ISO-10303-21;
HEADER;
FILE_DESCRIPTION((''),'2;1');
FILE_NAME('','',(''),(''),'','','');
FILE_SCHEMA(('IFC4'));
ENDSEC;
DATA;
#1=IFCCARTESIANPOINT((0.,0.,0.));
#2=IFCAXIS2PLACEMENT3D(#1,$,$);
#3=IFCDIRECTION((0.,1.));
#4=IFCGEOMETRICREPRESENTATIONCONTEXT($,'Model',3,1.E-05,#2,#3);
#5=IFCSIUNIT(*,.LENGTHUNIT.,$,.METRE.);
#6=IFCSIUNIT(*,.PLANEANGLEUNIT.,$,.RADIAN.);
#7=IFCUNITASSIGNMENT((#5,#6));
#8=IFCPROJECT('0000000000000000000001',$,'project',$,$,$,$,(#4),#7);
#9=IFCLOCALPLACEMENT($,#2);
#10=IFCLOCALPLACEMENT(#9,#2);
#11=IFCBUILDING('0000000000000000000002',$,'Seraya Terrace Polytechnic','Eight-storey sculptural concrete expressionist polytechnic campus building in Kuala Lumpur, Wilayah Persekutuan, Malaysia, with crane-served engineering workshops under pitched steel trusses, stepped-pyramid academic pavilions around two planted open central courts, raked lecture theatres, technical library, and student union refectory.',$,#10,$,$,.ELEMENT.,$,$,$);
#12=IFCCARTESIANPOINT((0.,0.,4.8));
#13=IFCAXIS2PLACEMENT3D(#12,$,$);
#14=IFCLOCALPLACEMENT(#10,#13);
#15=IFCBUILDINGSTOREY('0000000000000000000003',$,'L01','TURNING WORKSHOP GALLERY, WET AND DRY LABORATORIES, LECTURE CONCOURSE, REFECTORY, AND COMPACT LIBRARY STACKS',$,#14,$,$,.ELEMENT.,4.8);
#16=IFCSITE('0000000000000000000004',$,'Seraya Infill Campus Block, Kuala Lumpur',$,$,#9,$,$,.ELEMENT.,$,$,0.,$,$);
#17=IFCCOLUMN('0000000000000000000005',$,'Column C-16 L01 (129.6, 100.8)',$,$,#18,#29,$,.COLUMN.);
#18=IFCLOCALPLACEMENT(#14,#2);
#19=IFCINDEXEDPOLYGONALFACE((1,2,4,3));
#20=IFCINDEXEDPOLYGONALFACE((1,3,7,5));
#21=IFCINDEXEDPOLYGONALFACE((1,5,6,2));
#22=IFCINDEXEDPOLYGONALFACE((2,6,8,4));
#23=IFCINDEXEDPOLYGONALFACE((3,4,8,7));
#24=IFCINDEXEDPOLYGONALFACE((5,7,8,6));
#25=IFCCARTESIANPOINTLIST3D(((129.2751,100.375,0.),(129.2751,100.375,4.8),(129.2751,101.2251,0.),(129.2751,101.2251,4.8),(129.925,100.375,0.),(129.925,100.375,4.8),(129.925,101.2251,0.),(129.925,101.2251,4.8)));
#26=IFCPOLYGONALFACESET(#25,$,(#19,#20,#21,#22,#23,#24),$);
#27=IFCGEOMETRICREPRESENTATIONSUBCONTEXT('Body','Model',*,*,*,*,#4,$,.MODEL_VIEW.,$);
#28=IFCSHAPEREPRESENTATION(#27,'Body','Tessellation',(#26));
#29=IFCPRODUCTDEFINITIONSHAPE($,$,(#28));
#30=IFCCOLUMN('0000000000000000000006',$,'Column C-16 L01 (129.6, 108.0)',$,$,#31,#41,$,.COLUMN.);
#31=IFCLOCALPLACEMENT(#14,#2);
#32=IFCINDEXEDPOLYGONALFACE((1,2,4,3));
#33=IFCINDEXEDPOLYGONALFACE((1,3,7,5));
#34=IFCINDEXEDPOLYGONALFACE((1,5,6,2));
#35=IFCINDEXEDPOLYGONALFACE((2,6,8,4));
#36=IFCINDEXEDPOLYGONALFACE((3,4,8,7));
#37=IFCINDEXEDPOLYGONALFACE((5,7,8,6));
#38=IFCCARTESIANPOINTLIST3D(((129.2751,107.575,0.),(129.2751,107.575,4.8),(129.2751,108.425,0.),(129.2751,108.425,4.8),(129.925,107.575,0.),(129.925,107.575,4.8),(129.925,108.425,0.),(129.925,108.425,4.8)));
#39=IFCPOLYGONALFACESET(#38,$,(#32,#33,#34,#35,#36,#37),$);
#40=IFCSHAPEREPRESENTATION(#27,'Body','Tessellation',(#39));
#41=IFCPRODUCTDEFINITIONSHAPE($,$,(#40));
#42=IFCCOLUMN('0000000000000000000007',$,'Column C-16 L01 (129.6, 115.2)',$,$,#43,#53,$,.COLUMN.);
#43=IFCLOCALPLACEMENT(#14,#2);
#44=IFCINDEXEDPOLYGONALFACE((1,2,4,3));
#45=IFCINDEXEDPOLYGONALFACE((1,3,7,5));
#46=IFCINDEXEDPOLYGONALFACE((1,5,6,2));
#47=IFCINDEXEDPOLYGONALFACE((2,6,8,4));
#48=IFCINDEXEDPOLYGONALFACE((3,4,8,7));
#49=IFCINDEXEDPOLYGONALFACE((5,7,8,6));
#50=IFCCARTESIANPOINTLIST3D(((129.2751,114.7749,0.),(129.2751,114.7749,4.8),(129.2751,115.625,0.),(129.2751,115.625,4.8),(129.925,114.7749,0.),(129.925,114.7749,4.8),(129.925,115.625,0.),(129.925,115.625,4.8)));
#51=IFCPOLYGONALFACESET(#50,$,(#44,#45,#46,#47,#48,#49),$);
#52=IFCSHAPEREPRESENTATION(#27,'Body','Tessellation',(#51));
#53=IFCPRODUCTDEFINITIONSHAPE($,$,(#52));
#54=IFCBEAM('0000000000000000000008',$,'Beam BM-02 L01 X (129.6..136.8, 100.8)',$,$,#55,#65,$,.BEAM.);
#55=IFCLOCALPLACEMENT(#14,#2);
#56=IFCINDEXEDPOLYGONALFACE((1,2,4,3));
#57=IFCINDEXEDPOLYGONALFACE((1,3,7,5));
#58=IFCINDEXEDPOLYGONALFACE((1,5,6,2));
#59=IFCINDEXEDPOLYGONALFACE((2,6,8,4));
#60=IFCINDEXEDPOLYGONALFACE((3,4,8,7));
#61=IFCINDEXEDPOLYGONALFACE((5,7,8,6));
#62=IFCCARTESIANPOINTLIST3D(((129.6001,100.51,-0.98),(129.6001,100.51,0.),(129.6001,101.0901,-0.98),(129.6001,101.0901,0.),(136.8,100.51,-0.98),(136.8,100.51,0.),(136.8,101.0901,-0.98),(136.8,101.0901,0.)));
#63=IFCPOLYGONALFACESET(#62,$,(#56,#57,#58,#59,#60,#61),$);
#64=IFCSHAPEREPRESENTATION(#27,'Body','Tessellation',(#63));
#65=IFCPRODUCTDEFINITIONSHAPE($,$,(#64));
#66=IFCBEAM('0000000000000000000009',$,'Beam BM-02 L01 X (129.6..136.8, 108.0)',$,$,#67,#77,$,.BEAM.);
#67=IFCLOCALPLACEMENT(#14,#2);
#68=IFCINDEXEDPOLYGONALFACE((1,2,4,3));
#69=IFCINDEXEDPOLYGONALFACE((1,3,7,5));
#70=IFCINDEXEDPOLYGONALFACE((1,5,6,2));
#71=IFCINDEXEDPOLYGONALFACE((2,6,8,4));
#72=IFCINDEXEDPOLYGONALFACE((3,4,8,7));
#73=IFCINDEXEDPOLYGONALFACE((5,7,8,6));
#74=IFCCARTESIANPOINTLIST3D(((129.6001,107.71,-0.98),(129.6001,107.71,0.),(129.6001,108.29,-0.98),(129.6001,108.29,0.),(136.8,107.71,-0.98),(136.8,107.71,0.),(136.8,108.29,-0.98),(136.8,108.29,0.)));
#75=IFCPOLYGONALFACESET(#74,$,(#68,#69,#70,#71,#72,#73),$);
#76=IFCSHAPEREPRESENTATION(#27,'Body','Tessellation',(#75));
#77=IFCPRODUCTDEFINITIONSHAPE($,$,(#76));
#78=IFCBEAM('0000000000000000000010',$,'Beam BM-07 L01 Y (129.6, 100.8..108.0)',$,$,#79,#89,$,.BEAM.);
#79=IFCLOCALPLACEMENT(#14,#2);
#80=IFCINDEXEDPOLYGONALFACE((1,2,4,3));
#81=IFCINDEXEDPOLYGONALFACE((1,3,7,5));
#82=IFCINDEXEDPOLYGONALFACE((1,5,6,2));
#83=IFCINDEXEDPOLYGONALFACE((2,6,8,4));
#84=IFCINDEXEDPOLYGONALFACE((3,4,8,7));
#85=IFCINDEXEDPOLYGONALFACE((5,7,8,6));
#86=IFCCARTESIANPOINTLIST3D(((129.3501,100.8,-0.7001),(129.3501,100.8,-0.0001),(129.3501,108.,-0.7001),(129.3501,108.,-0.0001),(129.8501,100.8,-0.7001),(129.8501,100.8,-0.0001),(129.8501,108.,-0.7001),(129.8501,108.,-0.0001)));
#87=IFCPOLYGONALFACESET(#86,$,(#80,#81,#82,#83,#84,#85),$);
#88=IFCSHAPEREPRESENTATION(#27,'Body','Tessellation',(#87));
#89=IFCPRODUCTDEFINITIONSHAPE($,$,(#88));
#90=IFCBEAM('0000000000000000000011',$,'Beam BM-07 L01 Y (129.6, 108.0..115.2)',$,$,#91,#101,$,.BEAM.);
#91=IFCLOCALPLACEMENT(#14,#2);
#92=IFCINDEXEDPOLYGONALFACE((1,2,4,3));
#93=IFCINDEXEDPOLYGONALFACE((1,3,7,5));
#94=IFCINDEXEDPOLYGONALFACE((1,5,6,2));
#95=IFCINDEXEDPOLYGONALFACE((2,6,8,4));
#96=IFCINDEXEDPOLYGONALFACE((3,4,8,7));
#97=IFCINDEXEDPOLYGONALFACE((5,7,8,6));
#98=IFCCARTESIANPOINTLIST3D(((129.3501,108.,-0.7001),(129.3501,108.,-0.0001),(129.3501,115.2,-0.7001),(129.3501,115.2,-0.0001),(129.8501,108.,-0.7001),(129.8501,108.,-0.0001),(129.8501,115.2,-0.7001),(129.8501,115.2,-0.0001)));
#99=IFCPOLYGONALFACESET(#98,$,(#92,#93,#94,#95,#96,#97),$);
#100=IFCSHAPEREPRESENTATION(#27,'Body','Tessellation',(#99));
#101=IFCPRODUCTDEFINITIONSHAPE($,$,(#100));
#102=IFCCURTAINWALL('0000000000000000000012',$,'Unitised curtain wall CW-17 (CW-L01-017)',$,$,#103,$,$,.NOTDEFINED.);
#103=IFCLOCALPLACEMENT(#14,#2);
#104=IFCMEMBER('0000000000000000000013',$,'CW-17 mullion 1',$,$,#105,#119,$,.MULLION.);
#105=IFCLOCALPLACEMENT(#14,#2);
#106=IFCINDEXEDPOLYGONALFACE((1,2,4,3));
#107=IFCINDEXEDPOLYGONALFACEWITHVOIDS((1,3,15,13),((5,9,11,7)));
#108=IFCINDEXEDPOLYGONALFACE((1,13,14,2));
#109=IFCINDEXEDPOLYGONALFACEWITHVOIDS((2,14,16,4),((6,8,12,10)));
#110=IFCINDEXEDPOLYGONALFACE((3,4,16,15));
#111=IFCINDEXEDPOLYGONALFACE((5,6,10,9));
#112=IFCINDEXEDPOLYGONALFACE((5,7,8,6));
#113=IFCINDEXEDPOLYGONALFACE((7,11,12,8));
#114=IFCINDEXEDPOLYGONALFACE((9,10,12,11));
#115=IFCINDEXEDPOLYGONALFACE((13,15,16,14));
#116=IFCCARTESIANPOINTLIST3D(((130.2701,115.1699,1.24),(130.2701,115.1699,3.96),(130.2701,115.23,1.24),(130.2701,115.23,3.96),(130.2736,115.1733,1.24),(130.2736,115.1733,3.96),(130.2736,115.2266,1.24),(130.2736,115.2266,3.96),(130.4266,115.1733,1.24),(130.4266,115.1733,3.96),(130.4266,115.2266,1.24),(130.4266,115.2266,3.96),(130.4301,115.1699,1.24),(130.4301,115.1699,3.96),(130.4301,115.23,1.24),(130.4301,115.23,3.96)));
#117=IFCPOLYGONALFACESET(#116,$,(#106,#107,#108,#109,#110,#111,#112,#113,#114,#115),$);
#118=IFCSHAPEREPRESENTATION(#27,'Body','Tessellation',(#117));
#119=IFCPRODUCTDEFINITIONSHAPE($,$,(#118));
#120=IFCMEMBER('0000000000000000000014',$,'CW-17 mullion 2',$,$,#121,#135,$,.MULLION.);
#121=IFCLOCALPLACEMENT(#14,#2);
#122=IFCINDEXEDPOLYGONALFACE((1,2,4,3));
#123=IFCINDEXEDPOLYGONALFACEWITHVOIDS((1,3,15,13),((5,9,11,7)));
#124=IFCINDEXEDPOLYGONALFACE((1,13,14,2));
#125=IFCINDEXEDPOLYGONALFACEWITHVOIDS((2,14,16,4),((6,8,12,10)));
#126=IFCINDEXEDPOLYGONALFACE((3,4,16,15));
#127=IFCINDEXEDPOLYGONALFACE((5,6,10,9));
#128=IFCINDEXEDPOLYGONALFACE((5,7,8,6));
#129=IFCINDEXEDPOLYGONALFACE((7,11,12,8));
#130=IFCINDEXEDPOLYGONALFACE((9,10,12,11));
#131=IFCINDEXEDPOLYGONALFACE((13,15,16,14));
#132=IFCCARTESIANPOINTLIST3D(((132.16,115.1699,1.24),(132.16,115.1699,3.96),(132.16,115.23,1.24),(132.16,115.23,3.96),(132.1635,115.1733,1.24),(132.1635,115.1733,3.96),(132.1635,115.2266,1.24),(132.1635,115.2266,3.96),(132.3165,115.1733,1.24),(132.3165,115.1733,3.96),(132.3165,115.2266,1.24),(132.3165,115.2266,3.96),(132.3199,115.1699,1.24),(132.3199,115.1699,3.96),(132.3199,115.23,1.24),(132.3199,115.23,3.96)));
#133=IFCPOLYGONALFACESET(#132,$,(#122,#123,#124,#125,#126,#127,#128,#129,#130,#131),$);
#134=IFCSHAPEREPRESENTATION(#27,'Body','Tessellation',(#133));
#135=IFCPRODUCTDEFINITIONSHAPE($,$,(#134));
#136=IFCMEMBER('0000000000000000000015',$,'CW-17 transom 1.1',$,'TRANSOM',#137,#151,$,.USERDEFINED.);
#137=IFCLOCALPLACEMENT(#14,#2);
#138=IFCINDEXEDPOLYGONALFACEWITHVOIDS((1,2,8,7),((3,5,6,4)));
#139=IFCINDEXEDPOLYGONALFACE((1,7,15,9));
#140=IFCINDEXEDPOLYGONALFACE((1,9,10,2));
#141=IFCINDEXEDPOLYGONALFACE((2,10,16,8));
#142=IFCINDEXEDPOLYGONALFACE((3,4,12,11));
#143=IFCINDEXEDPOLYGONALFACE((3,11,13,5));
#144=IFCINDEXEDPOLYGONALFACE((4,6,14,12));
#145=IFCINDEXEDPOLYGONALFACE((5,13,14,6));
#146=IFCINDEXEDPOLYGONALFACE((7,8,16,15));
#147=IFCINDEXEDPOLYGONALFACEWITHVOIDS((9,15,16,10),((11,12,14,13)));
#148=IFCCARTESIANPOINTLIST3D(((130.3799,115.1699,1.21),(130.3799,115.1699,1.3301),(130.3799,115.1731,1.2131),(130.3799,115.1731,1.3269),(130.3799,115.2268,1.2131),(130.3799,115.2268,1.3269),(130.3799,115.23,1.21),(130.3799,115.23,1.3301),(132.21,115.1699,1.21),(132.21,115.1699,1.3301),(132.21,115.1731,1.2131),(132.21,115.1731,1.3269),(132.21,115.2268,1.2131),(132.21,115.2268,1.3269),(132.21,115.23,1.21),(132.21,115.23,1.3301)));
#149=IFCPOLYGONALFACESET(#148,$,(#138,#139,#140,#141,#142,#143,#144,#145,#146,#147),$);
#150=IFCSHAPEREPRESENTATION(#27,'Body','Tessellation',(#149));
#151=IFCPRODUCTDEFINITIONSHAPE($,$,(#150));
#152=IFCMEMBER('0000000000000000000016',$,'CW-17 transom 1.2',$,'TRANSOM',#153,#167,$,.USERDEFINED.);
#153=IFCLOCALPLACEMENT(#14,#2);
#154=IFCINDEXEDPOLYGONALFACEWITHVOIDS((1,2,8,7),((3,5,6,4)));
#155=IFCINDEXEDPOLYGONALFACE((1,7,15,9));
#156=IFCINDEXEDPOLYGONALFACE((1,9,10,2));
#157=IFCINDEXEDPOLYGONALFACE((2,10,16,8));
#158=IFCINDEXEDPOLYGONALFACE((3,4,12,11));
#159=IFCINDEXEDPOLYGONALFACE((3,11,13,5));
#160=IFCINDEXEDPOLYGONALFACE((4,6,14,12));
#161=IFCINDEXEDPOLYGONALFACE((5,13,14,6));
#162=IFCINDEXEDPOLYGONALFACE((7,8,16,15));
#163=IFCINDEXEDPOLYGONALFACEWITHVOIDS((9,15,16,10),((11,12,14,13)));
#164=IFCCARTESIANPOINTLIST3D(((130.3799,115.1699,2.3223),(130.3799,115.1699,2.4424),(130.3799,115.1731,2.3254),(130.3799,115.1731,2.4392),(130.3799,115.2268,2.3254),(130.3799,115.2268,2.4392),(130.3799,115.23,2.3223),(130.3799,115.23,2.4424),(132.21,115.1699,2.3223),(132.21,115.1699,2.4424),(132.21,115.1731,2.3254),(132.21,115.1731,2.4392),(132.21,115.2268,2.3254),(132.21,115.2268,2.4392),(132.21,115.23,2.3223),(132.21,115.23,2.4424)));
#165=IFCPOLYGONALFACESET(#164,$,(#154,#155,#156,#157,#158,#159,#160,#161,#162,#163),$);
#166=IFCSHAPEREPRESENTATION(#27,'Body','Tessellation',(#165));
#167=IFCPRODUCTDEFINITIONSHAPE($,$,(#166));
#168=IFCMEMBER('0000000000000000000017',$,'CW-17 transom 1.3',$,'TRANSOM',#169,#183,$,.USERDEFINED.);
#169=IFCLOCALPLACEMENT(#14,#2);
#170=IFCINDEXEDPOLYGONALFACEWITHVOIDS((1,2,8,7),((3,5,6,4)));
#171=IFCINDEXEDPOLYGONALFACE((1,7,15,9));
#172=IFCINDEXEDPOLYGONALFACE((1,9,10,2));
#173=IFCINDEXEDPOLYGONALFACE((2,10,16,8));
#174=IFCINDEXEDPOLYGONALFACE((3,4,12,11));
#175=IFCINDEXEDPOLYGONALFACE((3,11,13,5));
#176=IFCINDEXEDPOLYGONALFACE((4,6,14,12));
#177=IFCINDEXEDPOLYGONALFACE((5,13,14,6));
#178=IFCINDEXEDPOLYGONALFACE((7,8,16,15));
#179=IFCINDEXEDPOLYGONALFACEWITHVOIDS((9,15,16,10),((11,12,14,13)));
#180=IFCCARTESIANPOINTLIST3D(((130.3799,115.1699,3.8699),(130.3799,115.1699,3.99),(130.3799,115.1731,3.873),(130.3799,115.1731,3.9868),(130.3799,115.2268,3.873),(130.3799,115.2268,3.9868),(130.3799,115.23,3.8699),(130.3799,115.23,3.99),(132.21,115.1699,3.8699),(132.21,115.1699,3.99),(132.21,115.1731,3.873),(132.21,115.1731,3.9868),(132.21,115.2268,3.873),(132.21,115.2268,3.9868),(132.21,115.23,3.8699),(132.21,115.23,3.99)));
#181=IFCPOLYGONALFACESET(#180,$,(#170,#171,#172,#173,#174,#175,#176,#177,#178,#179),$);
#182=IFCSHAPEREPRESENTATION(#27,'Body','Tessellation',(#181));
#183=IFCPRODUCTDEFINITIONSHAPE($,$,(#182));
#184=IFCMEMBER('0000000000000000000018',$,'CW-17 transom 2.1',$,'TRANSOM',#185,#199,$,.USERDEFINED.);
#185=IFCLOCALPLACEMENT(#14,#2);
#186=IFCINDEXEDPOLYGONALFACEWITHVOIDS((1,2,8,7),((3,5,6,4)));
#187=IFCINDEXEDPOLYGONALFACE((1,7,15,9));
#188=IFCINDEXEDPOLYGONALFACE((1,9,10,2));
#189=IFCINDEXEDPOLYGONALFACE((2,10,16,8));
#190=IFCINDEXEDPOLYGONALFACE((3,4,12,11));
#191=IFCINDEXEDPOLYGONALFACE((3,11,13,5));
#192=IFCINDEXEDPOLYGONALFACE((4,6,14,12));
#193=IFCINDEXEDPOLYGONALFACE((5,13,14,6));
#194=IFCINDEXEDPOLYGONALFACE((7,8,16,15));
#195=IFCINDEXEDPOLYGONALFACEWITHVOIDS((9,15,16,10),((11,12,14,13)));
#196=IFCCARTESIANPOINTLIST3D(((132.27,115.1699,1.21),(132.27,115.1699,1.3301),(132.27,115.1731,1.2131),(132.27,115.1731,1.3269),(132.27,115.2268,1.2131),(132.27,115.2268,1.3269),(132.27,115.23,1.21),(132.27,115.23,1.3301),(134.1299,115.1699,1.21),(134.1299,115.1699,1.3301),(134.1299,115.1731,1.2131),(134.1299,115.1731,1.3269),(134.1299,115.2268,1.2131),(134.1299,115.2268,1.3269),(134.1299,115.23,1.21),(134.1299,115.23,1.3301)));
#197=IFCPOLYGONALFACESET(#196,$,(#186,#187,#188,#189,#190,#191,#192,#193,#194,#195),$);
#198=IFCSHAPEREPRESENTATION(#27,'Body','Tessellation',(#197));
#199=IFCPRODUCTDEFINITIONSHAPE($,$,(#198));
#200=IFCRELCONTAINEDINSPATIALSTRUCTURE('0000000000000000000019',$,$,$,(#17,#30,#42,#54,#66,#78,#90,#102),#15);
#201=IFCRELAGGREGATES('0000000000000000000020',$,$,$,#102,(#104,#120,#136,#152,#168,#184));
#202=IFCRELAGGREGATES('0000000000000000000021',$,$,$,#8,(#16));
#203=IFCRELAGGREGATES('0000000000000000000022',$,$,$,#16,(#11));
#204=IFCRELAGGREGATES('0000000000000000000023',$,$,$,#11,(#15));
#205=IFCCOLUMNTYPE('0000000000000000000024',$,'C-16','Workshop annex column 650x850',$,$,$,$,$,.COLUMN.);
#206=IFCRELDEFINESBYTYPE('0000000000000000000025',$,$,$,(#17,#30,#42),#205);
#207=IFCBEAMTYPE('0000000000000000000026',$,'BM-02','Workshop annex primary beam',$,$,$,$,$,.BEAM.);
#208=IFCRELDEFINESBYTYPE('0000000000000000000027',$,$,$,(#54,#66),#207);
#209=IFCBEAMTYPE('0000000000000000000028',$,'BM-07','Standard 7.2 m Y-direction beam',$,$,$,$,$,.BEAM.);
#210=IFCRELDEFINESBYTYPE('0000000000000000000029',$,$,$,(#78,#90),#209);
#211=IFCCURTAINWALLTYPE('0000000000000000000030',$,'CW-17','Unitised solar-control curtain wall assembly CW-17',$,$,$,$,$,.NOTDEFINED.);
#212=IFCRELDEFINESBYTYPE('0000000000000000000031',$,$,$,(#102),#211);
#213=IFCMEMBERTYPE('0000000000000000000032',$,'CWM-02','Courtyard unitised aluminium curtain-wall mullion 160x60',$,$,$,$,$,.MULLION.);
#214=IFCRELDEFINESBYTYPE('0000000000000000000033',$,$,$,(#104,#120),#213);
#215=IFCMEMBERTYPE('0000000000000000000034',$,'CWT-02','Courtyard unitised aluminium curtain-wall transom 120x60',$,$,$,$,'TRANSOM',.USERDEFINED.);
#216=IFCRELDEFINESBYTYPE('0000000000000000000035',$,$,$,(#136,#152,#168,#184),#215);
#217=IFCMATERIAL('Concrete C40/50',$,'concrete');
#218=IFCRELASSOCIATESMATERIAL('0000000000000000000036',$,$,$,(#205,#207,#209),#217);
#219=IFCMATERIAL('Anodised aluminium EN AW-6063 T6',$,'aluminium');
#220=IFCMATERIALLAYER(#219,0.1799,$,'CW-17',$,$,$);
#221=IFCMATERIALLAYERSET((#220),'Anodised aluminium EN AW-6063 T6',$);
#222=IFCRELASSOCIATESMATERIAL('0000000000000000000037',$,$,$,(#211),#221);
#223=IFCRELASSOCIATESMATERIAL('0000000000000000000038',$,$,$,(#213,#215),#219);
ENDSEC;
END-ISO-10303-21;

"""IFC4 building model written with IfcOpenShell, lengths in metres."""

from ifc_helpers import new_model, si_unit, direction, frame, origin, origin_2d, place, context, subcontext, project, spatial, rectangle, hollow_rectangle, extrude, material, layer, layer_set, material_profile, profile_set, type_object, element, aggregate, save


model = new_model("IFC4")

# Units and contexts
model_context = context("Model", 3, precision=1e-05, world=origin(), true_north=direction((0.0, 1.0)))
body_context = subcontext(model_context, "Body", "Model", "MODEL_VIEW")
ifc_project = project(units=[si_unit("LENGTHUNIT", "METRE"), si_unit("PLANEANGLEUNIT", "RADIAN")], contexts=[model_context])

# Site, building, storey
site_placement = place(None, origin())
site = spatial("IfcSite", under=ifc_project, at=site_placement, Name="Seraya Infill Campus Block, Kuala Lumpur", CompositionType="ELEMENT", RefElevation=0.0)
building_placement = place(site_placement, origin())
building = spatial("IfcBuilding", under=site, at=building_placement, Name="Seraya Terrace Polytechnic", Description="Eight-storey sculptural concrete expressionist polytechnic campus building in Kuala Lumpur, Wilayah Persekutuan, Malaysia, with crane-served engineering workshops under pitched steel trusses, stepped-pyramid academic pavilions around two planted open central courts, raked lecture theatres, technical library, and student union refectory.", CompositionType="ELEMENT")
storey_placement = place(building_placement, frame((0.0, 0.0, 4.8)))
storey = spatial("IfcBuildingStorey", under=building, at=storey_placement, Name="L01", Description="TURNING WORKSHOP GALLERY, WET AND DRY LABORATORIES, LECTURE CONCOURSE, REFECTORY, AND COMPACT LIBRARY STACKS", CompositionType="ELEMENT", Elevation=4.8)

# Columns
ifc_material_1 = material(Name="Concrete C40/50", Category="concrete")
ifc_material_profile_1 = material_profile(ifc_material_1, rectangle(XDim=0.6499, YDim=0.8501, at=origin_2d()), Name="RC 650x850")
ifc_profile_set_1 = profile_set([ifc_material_profile_1], Name="Concrete C40/50")
column_type = type_object("IfcColumnType", Name="C-16", Description="Workshop annex column 650x850", PredefinedType="COLUMN", material=ifc_profile_set_1)
for number, where, z_axis, x_axis, name in (
    (1, (129.6001, 100.8, 0.0), (0.0, 0.0, 1.0), (1.0, 0.0, 0.0), "Column C-16 L01 (129.6, 100.8)"),
    (2, (129.6001, 108.0, 0.0), (0.0, 0.0, 1.0), (1.0, 0.0, 0.0), "Column C-16 L01 (129.6, 108.0)"),
    (3, (129.6001, 115.2, 0.0), (0.0, 0.0, 1.0), (1.0, 0.0, 0.0), "Column C-16 L01 (129.6, 115.2)"),
):
    element("IfcColumn", number, at=place(storey_placement, frame(where, z_axis=z_axis, x_axis=x_axis)), inside=storey, type_object=column_type, Name=name, PredefinedType="COLUMN", context=body_context, shape_type="SweptSolid", body=[
        extrude(rectangle(XDim=0.6499, YDim=0.8501, at=origin_2d()), origin(), (0.0, 0.0, 1.0), 4.8),
    ])

# Beams
ifc_material_profile_2 = material_profile(ifc_material_1, rectangle(XDim=0.5801, YDim=0.98, at=origin_2d()), Name="RC 580x980")
ifc_profile_set_2 = profile_set([ifc_material_profile_2], Name="Concrete C40/50")
beam_type_1 = type_object("IfcBeamType", Name="BM-02", Description="Workshop annex primary beam", PredefinedType="BEAM", material=ifc_profile_set_2)
for number, where, z_axis, x_axis, name in (
    (4, (129.6001, 100.8, -0.49), (1.0, 0.0, 0.0), (0.0, 1.0, 0.0), "Beam BM-02 L01 X (129.6..136.8, 100.8)"),
    (5, (129.6001, 108.0, -0.49), (1.0, 0.0, 0.0), (0.0, 1.0, 0.0), "Beam BM-02 L01 X (129.6..136.8, 108.0)"),
):
    element("IfcBeam", number, at=place(storey_placement, frame(where, z_axis=z_axis, x_axis=x_axis)), inside=storey, type_object=beam_type_1, Name=name, PredefinedType="BEAM", context=body_context, shape_type="SweptSolid", body=[
        extrude(rectangle(XDim=0.5801, YDim=0.98, at=origin_2d()), origin(), (0.0, 0.0, 1.0), 7.2),
    ])
ifc_material_profile_3 = material_profile(ifc_material_1, rectangle(XDim=0.5, YDim=0.7, at=origin_2d()), Name="RC 500x700")
ifc_profile_set_3 = profile_set([ifc_material_profile_3], Name="Concrete C40/50")
beam_type_2 = type_object("IfcBeamType", Name="BM-07", Description="Standard 7.2 m Y-direction beam", PredefinedType="BEAM", material=ifc_profile_set_3)
for number, where, z_axis, x_axis, name in (
    (6, (129.6001, 100.8, -0.3501), (0.0, 1.0, 0.0), (-1.0, 0.0, 0.0), "Beam BM-07 L01 Y (129.6, 100.8..108.0)"),
    (7, (129.6001, 108.0, -0.3501), (0.0, 1.0, 0.0), (-1.0, 0.0, 0.0), "Beam BM-07 L01 Y (129.6, 108.0..115.2)"),
):
    element("IfcBeam", number, at=place(storey_placement, frame(where, z_axis=z_axis, x_axis=x_axis)), inside=storey, type_object=beam_type_2, Name=name, PredefinedType="BEAM", context=body_context, shape_type="SweptSolid", body=[
        extrude(rectangle(XDim=0.5, YDim=0.7, at=origin_2d()), origin(), (0.0, 0.0, 1.0), 7.2),
    ])

# Curtain wall, members
ifc_material_2 = material(Name="Anodised aluminium EN AW-6063 T6", Category="aluminium")
ifc_layer_1 = layer(ifc_material_2, 0.1799, Name="CW-17")
ifc_layer_set_1 = layer_set([ifc_layer_1], Name="Anodised aluminium EN AW-6063 T6")
curtain_wall_type = type_object("IfcCurtainWallType", Name="CW-17", Description="Unitised solar-control curtain wall assembly CW-17", PredefinedType="NOTDEFINED", material=ifc_layer_set_1)
curtain_wall_placement = place(storey_placement, origin())
curtain_wall = element("IfcCurtainWall", 8, at=curtain_wall_placement, inside=storey, type_object=curtain_wall_type, Name="Unitised curtain wall CW-17 (CW-L01-017)", PredefinedType="NOTDEFINED")
ifc_material_profile_4 = material_profile(ifc_material_2, hollow_rectangle(XDim=0.0601, YDim=0.1599, WallThickness=0.0034, at=origin_2d()), Name="RHS 160x60x3.5")
ifc_profile_set_4 = profile_set([ifc_material_profile_4], Name="Anodised aluminium EN AW-6063 T6")
member_type_1 = type_object("IfcMemberType", Name="CWM-02", Description="Courtyard unitised aluminium curtain-wall mullion 160x60", PredefinedType="MULLION", material=ifc_profile_set_4)
member_1_placement = place(storey_placement, frame((130.3501, 115.2, 1.24), z_axis=(0.0, 0.0, 1.0), x_axis=(0.0, 1.0, 0.0)))
member_1 = element("IfcMember", 9, at=member_1_placement, type_object=member_type_1, Name="CW-17 mullion 1", PredefinedType="MULLION", context=body_context, shape_type="SweptSolid", body=[
    extrude(hollow_rectangle(XDim=0.0601, YDim=0.1599, WallThickness=0.0034, at=origin_2d()), origin(), (0.0, 0.0, 1.0), 2.72),
])
member_2_placement = place(storey_placement, frame((132.24, 115.2, 1.24), z_axis=(0.0, 0.0, 1.0), x_axis=(0.0, 1.0, 0.0)))
member_2 = element("IfcMember", 10, at=member_2_placement, type_object=member_type_1, Name="CW-17 mullion 2", PredefinedType="MULLION", context=body_context, shape_type="SweptSolid", body=[
    extrude(hollow_rectangle(XDim=0.0601, YDim=0.1599, WallThickness=0.0034, at=origin_2d()), origin(), (0.0, 0.0, 1.0), 2.72),
])
ifc_material_profile_5 = material_profile(ifc_material_2, hollow_rectangle(XDim=0.0601, YDim=0.1201, WallThickness=0.0032, at=origin_2d()), Name="RHS 120x60x3.2")
ifc_profile_set_5 = profile_set([ifc_material_profile_5], Name="Anodised aluminium EN AW-6063 T6")
member_type_2 = type_object("IfcMemberType", Name="CWT-02", Description="Courtyard unitised aluminium curtain-wall transom 120x60", ElementType="TRANSOM", PredefinedType="USERDEFINED", material=ifc_profile_set_5)
member_3_placement = place(storey_placement, frame((130.3799, 115.2, 1.27), z_axis=(1.0, 0.0, 0.0), x_axis=(0.0, 1.0, 0.0)))
member_3 = element("IfcMember", 11, at=member_3_placement, type_object=member_type_2, Name="CW-17 transom 1.1", ObjectType="TRANSOM", PredefinedType="USERDEFINED", context=body_context, shape_type="SweptSolid", body=[
    extrude(hollow_rectangle(XDim=0.0601, YDim=0.1201, WallThickness=0.0032, at=origin_2d()), origin(), (0.0, 0.0, 1.0), 1.8301),
])
member_4_placement = place(storey_placement, frame((130.3799, 115.2, 2.3823), z_axis=(1.0, 0.0, 0.0), x_axis=(0.0, 1.0, 0.0)))
member_4 = element("IfcMember", 12, at=member_4_placement, type_object=member_type_2, Name="CW-17 transom 1.2", ObjectType="TRANSOM", PredefinedType="USERDEFINED", context=body_context, shape_type="SweptSolid", body=[
    extrude(hollow_rectangle(XDim=0.0601, YDim=0.1201, WallThickness=0.0032, at=origin_2d()), origin(), (0.0, 0.0, 1.0), 1.8301),
])
member_5_placement = place(storey_placement, frame((130.3799, 115.2, 3.9299), z_axis=(1.0, 0.0, 0.0), x_axis=(0.0, 1.0, 0.0)))
member_5 = element("IfcMember", 13, at=member_5_placement, type_object=member_type_2, Name="CW-17 transom 1.3", ObjectType="TRANSOM", PredefinedType="USERDEFINED", context=body_context, shape_type="SweptSolid", body=[
    extrude(hollow_rectangle(XDim=0.0601, YDim=0.1201, WallThickness=0.0032, at=origin_2d()), origin(), (0.0, 0.0, 1.0), 1.8301),
])
member_6_placement = place(storey_placement, frame((132.27, 115.2, 1.27), z_axis=(1.0, 0.0, 0.0), x_axis=(0.0, 1.0, 0.0)))
member_6 = element("IfcMember", 14, at=member_6_placement, type_object=member_type_2, Name="CW-17 transom 2.1", ObjectType="TRANSOM", PredefinedType="USERDEFINED", context=body_context, shape_type="SweptSolid", body=[
    extrude(hollow_rectangle(XDim=0.0601, YDim=0.1201, WallThickness=0.0032, at=origin_2d()), origin(), (0.0, 0.0, 1.0), 1.8599),
])

aggregate(curtain_wall, [member_1, member_2, member_3, member_4, member_5, member_6])

save(model, "model.ifc")
